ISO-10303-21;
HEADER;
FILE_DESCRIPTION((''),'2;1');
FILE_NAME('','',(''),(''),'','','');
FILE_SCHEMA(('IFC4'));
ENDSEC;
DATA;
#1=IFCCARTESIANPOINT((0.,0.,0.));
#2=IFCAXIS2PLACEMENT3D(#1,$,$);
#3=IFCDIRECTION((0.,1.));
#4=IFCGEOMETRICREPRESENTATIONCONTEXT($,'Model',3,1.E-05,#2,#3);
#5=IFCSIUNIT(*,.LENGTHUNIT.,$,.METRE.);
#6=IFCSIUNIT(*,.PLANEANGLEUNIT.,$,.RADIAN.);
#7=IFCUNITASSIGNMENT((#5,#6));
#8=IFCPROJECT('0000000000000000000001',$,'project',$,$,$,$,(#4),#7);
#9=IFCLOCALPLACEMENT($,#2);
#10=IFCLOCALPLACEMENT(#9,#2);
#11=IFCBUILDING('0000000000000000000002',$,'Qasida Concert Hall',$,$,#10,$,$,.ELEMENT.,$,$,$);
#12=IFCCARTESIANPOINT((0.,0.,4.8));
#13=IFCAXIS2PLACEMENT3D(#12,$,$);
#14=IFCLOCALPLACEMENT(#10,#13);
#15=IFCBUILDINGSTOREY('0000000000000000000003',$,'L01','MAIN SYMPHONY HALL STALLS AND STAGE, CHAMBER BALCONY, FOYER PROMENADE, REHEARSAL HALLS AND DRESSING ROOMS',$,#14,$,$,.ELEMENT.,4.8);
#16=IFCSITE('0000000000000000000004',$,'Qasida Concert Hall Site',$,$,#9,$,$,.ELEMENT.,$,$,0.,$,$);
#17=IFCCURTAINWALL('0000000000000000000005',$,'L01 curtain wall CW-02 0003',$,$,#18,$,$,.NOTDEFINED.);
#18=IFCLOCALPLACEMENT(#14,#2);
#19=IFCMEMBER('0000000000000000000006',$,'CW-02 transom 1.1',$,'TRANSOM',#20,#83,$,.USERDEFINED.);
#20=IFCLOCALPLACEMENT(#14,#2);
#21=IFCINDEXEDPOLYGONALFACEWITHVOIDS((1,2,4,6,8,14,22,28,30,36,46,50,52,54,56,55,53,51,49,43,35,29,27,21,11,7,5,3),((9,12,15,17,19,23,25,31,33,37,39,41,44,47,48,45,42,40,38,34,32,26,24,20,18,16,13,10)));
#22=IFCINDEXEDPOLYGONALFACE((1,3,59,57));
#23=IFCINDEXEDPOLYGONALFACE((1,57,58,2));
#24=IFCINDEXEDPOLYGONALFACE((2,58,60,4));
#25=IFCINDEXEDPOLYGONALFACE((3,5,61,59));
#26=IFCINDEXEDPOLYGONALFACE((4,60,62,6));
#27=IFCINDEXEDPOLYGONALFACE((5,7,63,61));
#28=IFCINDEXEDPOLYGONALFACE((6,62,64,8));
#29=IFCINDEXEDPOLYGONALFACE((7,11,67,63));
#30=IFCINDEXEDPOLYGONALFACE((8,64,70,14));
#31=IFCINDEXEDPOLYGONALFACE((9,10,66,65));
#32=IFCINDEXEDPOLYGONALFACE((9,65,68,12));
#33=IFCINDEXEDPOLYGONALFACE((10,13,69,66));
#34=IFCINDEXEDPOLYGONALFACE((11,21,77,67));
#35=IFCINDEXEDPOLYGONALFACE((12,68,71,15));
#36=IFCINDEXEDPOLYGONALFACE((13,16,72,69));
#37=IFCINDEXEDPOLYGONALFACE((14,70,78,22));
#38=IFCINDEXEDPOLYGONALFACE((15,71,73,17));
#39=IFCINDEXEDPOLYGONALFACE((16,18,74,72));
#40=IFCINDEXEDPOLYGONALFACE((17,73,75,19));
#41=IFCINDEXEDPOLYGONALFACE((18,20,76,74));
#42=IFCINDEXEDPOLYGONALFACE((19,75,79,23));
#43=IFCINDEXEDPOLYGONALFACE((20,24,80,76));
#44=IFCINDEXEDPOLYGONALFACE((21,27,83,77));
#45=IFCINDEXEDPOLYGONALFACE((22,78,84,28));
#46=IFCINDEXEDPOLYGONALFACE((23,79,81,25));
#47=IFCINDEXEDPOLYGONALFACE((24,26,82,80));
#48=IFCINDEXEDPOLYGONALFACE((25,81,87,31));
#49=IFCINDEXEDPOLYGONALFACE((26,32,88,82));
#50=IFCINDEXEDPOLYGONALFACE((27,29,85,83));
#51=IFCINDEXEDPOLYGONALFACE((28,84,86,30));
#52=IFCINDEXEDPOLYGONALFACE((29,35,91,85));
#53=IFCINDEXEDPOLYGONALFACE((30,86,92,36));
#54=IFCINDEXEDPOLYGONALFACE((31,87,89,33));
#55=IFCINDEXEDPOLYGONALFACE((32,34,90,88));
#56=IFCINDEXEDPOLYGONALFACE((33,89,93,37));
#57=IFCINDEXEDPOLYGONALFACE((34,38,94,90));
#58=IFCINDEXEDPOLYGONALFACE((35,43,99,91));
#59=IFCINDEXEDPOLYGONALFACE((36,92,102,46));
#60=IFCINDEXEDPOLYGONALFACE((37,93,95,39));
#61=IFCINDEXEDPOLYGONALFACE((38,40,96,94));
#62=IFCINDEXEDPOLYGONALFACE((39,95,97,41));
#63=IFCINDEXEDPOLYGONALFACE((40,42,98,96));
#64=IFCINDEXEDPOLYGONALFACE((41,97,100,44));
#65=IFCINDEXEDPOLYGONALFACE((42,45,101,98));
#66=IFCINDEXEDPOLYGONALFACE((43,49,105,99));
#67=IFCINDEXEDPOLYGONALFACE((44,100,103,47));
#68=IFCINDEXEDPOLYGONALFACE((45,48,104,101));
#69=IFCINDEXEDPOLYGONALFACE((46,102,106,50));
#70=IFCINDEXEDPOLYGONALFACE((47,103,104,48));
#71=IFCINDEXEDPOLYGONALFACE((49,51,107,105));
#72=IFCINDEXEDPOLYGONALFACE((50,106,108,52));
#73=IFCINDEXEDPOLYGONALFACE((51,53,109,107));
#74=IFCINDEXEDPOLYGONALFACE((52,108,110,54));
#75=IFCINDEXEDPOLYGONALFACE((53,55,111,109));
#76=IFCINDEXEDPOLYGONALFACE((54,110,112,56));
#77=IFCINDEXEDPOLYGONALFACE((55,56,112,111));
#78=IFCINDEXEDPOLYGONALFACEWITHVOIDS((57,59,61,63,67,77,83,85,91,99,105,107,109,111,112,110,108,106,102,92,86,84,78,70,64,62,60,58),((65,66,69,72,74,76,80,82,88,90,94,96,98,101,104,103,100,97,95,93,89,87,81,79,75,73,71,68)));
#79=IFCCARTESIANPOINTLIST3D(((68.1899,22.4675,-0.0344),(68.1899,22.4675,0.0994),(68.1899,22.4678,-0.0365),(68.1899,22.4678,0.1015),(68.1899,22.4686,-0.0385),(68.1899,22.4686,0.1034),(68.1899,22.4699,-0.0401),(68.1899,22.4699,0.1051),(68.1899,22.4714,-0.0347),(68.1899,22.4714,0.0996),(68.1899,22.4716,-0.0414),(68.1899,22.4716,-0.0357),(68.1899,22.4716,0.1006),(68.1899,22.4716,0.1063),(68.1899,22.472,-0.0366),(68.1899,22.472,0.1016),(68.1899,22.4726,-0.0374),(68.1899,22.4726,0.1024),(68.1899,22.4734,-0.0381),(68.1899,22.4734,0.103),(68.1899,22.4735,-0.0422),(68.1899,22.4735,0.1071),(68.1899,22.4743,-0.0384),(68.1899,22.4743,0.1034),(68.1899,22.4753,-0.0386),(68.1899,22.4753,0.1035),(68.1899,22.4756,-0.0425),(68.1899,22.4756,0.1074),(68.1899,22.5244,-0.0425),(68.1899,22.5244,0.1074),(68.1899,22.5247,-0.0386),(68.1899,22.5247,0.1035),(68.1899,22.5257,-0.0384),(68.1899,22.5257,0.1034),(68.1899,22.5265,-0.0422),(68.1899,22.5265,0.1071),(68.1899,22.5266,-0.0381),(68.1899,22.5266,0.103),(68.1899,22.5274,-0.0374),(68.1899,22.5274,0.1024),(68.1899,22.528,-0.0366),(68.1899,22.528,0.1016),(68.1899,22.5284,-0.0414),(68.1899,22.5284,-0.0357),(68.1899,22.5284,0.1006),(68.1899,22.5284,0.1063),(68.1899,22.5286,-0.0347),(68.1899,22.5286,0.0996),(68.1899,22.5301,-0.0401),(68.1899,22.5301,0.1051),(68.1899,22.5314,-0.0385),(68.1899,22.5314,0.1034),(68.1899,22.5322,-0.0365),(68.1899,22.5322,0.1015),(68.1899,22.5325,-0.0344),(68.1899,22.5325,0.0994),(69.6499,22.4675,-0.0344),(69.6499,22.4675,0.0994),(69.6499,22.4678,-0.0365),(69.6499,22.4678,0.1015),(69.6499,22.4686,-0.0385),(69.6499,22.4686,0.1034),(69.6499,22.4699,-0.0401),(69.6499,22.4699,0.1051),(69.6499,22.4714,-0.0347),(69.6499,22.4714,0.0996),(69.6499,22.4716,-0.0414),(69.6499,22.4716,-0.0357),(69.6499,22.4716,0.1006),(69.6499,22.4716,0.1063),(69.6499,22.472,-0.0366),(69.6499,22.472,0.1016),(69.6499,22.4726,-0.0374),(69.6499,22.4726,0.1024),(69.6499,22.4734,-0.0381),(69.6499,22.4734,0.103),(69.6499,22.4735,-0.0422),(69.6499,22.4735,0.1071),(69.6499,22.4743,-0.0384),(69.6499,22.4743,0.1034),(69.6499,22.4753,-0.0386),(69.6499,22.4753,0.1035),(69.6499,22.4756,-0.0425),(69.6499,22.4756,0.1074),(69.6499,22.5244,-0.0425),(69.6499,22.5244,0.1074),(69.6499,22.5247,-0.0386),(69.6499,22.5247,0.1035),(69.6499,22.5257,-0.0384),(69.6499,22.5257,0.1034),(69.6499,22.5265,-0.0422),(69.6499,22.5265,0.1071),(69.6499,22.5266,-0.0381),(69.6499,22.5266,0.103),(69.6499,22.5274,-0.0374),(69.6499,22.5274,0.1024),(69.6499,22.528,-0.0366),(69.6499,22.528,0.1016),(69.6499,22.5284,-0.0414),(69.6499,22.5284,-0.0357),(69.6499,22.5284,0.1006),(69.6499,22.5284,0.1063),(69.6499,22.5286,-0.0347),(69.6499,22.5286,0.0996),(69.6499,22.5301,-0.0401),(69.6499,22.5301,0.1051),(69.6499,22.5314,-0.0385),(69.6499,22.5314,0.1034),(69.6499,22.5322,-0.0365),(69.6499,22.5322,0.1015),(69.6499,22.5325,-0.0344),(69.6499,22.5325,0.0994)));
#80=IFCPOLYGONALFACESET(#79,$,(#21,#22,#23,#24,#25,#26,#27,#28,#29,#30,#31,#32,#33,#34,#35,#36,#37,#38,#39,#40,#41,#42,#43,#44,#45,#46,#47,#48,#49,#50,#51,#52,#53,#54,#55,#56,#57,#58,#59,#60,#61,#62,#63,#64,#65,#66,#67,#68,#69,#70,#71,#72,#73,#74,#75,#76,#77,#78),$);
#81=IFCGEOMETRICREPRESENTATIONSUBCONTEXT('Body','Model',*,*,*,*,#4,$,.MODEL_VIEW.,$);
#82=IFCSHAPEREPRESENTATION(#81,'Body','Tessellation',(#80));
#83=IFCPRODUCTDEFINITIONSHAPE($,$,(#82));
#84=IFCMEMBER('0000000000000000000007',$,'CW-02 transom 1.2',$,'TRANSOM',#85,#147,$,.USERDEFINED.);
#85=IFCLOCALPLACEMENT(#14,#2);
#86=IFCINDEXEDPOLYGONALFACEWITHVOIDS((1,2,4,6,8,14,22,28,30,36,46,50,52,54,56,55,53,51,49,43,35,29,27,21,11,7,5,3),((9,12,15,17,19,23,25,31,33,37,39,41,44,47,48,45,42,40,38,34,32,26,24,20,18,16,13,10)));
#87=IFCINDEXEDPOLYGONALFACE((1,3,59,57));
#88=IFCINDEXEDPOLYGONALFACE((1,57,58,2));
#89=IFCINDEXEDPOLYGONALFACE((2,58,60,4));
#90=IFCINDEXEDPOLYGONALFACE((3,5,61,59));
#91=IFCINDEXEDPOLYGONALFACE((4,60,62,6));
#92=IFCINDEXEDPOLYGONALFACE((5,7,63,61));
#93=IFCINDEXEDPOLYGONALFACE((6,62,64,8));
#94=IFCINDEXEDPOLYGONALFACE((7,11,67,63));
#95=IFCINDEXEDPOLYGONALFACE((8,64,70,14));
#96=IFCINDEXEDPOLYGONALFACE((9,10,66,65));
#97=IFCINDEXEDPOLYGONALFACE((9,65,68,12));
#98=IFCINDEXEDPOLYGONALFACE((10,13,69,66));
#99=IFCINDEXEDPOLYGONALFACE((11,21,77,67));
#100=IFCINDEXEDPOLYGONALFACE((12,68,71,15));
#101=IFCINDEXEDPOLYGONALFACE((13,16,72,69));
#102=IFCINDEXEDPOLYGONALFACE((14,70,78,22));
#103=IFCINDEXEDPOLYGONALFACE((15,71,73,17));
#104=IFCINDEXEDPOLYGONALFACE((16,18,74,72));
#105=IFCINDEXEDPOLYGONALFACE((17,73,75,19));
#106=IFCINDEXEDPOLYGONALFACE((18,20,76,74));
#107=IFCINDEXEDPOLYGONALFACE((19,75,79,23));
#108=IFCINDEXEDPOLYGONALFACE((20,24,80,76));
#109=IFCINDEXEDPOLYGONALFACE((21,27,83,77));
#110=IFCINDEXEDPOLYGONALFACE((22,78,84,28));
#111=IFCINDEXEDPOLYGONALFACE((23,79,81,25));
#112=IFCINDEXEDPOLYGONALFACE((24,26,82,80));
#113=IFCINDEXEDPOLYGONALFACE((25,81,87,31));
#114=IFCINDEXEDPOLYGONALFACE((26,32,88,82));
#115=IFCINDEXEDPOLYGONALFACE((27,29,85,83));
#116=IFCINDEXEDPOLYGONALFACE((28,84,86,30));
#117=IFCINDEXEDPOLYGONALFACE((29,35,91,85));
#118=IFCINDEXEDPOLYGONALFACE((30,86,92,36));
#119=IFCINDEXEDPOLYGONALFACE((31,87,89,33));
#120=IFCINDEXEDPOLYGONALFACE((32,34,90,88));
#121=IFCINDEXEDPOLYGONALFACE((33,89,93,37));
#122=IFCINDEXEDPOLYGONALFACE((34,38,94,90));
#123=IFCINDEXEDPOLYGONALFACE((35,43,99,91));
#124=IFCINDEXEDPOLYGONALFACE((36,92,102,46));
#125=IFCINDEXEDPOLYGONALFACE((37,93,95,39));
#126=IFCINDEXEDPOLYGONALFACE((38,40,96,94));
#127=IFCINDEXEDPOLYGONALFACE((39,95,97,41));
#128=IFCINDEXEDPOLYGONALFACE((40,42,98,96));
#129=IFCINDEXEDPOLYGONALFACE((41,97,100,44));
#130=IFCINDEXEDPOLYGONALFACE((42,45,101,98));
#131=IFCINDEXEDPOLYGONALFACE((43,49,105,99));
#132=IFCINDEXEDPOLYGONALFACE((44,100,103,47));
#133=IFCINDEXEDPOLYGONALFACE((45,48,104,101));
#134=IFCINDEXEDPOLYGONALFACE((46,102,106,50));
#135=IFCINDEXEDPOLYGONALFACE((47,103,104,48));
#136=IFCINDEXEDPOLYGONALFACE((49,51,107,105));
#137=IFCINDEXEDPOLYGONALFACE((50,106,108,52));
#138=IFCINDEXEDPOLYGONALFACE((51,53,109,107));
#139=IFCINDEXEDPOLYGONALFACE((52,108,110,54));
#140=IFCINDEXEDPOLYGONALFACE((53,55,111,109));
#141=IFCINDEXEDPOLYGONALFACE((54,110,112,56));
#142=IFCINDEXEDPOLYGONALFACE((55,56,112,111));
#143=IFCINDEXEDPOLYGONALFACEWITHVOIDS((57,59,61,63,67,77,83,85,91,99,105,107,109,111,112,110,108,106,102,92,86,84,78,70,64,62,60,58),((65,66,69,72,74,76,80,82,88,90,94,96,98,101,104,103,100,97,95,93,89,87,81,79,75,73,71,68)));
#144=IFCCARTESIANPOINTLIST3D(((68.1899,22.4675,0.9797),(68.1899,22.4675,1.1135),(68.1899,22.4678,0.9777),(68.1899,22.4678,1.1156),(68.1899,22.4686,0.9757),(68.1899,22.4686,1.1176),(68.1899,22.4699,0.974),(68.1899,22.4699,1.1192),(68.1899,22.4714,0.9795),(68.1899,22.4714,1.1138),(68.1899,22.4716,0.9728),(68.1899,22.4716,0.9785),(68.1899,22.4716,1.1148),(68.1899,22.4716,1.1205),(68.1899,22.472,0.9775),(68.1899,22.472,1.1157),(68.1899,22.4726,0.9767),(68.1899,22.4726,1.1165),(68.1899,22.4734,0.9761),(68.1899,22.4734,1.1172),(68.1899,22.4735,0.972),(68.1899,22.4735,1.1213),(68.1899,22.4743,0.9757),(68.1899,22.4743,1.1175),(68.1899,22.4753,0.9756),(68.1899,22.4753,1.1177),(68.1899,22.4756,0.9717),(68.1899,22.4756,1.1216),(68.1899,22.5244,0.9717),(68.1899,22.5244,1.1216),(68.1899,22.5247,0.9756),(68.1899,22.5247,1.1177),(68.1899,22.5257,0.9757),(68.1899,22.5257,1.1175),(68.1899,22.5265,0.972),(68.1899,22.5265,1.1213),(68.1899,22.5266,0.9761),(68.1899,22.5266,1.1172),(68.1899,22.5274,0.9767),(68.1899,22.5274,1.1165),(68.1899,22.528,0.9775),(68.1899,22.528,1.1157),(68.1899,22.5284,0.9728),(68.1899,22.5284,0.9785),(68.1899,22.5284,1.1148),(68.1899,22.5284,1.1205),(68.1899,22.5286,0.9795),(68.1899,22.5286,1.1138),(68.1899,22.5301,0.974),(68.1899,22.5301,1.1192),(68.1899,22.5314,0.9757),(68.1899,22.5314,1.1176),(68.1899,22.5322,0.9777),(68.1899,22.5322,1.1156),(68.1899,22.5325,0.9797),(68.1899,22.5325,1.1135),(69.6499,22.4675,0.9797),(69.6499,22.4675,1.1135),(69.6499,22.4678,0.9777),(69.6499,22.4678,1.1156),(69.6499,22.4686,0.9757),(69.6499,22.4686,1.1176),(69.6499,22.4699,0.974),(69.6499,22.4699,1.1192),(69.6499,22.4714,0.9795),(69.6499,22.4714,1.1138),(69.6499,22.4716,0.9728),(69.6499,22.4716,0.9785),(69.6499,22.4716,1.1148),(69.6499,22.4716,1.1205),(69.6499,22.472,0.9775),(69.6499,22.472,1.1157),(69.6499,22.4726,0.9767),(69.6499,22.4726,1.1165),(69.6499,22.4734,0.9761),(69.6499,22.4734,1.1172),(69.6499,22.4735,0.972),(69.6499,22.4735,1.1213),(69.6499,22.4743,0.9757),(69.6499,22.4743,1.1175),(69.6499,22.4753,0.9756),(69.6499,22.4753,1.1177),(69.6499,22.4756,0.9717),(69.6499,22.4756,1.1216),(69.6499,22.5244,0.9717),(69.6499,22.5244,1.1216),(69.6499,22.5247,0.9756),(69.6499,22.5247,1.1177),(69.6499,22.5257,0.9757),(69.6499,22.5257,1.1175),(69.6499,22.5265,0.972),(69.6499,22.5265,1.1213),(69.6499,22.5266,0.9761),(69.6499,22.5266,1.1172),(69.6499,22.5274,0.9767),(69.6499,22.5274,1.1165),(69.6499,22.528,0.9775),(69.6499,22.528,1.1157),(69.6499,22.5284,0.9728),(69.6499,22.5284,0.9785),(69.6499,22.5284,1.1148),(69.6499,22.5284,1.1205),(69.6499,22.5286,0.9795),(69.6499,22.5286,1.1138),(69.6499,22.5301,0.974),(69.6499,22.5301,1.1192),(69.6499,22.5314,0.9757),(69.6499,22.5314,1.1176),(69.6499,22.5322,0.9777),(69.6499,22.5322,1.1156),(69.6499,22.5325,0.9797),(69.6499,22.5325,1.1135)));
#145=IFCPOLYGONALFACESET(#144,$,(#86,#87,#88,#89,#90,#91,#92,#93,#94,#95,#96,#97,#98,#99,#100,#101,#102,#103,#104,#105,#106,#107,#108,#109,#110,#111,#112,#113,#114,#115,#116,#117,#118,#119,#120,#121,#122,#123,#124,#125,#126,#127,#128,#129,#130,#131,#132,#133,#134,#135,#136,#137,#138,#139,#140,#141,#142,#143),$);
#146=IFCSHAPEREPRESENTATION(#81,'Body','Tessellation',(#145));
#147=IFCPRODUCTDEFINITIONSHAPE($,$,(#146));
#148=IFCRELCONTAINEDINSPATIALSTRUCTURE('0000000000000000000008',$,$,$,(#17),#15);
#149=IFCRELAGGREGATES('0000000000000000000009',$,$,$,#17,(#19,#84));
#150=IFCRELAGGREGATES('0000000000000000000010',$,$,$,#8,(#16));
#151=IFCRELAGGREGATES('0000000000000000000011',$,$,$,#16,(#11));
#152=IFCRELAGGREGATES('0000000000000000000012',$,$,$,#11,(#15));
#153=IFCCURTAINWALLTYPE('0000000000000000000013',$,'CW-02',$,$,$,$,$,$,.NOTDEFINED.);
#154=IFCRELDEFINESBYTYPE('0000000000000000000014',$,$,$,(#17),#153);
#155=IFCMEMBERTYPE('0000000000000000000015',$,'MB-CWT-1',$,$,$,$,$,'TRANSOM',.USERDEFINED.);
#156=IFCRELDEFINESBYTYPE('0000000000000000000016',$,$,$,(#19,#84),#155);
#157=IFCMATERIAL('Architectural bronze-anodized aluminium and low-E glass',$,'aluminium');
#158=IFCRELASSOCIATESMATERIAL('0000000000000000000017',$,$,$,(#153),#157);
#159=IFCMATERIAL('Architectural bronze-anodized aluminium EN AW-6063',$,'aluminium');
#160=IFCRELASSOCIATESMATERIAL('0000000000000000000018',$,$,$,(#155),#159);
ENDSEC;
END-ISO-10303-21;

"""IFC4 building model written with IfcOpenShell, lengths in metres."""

from ifc_helpers import new_model, si_unit, direction, frame, origin, origin_2d, place, context, subcontext, project, spatial, hollow_rectangle, extrude, material, material_profile, profile_set, type_object, element, aggregate, save


model = new_model("IFC4")

# Units and contexts
model_context = context("Model", 3, precision=1e-05, world=origin(), true_north=direction((0.0, 1.0)))
body_context = subcontext(model_context, "Body", "Model", "MODEL_VIEW")
ifc_project = project(units=[si_unit("LENGTHUNIT", "METRE"), si_unit("PLANEANGLEUNIT", "RADIAN")], contexts=[model_context])

# Site, building, storey
site_placement = place(None, origin())
site = spatial("IfcSite", under=ifc_project, at=site_placement, Name="Qasida Concert Hall Site", CompositionType="ELEMENT", RefElevation=0.0)
building_placement = place(site_placement, origin())
building = spatial("IfcBuilding", under=site, at=building_placement, Name="Qasida Concert Hall", CompositionType="ELEMENT")
storey_placement = place(building_placement, frame((0.0, 0.0, 4.8)))
storey = spatial("IfcBuildingStorey", under=building, at=storey_placement, Name="L01", Description="MAIN SYMPHONY HALL STALLS AND STAGE, CHAMBER BALCONY, FOYER PROMENADE, REHEARSAL HALLS AND DRESSING ROOMS", CompositionType="ELEMENT", Elevation=4.8)

# Shared definitions
ifc_material_1 = material(Name="Architectural bronze-anodized aluminium and low-E glass", Category="aluminium")
curtain_wall_type = type_object("IfcCurtainWallType", Name="CW-02", PredefinedType="NOTDEFINED", material=ifc_material_1)
ifc_material_2 = material(Name="Architectural bronze-anodized aluminium EN AW-6063", Category="aluminium")

# Curtain wall
curtain_wall_1_placement = place(storey_placement, origin())
curtain_wall_1 = element("IfcCurtainWall", 1, at=curtain_wall_1_placement, inside=storey, type_object=curtain_wall_type, Name="L01 curtain wall CW-02 0003", PredefinedType="NOTDEFINED")

# Members
ifc_material_profile_1 = material_profile(ifc_material_2, hollow_rectangle(XDim=0.0649, YDim=0.1499, WallThickness=0.0039, InnerFilletRadius=0.0039, OuterFilletRadius=0.0081, at=origin_2d()), Name="CWT 150x65x4")
ifc_profile_set_1 = profile_set([ifc_material_profile_1], Name="Architectural bronze-anodized aluminium EN AW-6063")
member_type_1 = type_object("IfcMemberType", Name="MB-CWT-1", ElementType="TRANSOM", PredefinedType="USERDEFINED", material=ifc_profile_set_1)
member_1_placement = place(storey_placement, frame((68.1899, 22.5, 0.0325), z_axis=(1.0, 0.0, 0.0), x_axis=(0.0, 1.0, 0.0)))
member_1 = element("IfcMember", 2, at=member_1_placement, type_object=member_type_1, Name="CW-02 transom 1.1", ObjectType="TRANSOM", PredefinedType="USERDEFINED", context=body_context, shape_type="SweptSolid", body=[
    extrude(hollow_rectangle(XDim=0.0649, YDim=0.1499, WallThickness=0.0039, InnerFilletRadius=0.0039, OuterFilletRadius=0.0081, at=origin_2d()), origin(), (0.0, 0.0, 1.0), 1.46),
])
member_2_placement = place(storey_placement, frame((68.1899, 22.5, 1.0466), z_axis=(1.0, 0.0, 0.0), x_axis=(0.0, 1.0, 0.0)))
member_2 = element("IfcMember", 3, at=member_2_placement, type_object=member_type_1, Name="CW-02 transom 1.2", ObjectType="TRANSOM", PredefinedType="USERDEFINED", context=body_context, shape_type="SweptSolid", body=[
    extrude(hollow_rectangle(XDim=0.0649, YDim=0.1499, WallThickness=0.0039, InnerFilletRadius=0.0039, OuterFilletRadius=0.0081, at=origin_2d()), origin(), (0.0, 0.0, 1.0), 1.46),
])

aggregate(curtain_wall_1, [member_1, member_2])

save(model, "model.ifc")
